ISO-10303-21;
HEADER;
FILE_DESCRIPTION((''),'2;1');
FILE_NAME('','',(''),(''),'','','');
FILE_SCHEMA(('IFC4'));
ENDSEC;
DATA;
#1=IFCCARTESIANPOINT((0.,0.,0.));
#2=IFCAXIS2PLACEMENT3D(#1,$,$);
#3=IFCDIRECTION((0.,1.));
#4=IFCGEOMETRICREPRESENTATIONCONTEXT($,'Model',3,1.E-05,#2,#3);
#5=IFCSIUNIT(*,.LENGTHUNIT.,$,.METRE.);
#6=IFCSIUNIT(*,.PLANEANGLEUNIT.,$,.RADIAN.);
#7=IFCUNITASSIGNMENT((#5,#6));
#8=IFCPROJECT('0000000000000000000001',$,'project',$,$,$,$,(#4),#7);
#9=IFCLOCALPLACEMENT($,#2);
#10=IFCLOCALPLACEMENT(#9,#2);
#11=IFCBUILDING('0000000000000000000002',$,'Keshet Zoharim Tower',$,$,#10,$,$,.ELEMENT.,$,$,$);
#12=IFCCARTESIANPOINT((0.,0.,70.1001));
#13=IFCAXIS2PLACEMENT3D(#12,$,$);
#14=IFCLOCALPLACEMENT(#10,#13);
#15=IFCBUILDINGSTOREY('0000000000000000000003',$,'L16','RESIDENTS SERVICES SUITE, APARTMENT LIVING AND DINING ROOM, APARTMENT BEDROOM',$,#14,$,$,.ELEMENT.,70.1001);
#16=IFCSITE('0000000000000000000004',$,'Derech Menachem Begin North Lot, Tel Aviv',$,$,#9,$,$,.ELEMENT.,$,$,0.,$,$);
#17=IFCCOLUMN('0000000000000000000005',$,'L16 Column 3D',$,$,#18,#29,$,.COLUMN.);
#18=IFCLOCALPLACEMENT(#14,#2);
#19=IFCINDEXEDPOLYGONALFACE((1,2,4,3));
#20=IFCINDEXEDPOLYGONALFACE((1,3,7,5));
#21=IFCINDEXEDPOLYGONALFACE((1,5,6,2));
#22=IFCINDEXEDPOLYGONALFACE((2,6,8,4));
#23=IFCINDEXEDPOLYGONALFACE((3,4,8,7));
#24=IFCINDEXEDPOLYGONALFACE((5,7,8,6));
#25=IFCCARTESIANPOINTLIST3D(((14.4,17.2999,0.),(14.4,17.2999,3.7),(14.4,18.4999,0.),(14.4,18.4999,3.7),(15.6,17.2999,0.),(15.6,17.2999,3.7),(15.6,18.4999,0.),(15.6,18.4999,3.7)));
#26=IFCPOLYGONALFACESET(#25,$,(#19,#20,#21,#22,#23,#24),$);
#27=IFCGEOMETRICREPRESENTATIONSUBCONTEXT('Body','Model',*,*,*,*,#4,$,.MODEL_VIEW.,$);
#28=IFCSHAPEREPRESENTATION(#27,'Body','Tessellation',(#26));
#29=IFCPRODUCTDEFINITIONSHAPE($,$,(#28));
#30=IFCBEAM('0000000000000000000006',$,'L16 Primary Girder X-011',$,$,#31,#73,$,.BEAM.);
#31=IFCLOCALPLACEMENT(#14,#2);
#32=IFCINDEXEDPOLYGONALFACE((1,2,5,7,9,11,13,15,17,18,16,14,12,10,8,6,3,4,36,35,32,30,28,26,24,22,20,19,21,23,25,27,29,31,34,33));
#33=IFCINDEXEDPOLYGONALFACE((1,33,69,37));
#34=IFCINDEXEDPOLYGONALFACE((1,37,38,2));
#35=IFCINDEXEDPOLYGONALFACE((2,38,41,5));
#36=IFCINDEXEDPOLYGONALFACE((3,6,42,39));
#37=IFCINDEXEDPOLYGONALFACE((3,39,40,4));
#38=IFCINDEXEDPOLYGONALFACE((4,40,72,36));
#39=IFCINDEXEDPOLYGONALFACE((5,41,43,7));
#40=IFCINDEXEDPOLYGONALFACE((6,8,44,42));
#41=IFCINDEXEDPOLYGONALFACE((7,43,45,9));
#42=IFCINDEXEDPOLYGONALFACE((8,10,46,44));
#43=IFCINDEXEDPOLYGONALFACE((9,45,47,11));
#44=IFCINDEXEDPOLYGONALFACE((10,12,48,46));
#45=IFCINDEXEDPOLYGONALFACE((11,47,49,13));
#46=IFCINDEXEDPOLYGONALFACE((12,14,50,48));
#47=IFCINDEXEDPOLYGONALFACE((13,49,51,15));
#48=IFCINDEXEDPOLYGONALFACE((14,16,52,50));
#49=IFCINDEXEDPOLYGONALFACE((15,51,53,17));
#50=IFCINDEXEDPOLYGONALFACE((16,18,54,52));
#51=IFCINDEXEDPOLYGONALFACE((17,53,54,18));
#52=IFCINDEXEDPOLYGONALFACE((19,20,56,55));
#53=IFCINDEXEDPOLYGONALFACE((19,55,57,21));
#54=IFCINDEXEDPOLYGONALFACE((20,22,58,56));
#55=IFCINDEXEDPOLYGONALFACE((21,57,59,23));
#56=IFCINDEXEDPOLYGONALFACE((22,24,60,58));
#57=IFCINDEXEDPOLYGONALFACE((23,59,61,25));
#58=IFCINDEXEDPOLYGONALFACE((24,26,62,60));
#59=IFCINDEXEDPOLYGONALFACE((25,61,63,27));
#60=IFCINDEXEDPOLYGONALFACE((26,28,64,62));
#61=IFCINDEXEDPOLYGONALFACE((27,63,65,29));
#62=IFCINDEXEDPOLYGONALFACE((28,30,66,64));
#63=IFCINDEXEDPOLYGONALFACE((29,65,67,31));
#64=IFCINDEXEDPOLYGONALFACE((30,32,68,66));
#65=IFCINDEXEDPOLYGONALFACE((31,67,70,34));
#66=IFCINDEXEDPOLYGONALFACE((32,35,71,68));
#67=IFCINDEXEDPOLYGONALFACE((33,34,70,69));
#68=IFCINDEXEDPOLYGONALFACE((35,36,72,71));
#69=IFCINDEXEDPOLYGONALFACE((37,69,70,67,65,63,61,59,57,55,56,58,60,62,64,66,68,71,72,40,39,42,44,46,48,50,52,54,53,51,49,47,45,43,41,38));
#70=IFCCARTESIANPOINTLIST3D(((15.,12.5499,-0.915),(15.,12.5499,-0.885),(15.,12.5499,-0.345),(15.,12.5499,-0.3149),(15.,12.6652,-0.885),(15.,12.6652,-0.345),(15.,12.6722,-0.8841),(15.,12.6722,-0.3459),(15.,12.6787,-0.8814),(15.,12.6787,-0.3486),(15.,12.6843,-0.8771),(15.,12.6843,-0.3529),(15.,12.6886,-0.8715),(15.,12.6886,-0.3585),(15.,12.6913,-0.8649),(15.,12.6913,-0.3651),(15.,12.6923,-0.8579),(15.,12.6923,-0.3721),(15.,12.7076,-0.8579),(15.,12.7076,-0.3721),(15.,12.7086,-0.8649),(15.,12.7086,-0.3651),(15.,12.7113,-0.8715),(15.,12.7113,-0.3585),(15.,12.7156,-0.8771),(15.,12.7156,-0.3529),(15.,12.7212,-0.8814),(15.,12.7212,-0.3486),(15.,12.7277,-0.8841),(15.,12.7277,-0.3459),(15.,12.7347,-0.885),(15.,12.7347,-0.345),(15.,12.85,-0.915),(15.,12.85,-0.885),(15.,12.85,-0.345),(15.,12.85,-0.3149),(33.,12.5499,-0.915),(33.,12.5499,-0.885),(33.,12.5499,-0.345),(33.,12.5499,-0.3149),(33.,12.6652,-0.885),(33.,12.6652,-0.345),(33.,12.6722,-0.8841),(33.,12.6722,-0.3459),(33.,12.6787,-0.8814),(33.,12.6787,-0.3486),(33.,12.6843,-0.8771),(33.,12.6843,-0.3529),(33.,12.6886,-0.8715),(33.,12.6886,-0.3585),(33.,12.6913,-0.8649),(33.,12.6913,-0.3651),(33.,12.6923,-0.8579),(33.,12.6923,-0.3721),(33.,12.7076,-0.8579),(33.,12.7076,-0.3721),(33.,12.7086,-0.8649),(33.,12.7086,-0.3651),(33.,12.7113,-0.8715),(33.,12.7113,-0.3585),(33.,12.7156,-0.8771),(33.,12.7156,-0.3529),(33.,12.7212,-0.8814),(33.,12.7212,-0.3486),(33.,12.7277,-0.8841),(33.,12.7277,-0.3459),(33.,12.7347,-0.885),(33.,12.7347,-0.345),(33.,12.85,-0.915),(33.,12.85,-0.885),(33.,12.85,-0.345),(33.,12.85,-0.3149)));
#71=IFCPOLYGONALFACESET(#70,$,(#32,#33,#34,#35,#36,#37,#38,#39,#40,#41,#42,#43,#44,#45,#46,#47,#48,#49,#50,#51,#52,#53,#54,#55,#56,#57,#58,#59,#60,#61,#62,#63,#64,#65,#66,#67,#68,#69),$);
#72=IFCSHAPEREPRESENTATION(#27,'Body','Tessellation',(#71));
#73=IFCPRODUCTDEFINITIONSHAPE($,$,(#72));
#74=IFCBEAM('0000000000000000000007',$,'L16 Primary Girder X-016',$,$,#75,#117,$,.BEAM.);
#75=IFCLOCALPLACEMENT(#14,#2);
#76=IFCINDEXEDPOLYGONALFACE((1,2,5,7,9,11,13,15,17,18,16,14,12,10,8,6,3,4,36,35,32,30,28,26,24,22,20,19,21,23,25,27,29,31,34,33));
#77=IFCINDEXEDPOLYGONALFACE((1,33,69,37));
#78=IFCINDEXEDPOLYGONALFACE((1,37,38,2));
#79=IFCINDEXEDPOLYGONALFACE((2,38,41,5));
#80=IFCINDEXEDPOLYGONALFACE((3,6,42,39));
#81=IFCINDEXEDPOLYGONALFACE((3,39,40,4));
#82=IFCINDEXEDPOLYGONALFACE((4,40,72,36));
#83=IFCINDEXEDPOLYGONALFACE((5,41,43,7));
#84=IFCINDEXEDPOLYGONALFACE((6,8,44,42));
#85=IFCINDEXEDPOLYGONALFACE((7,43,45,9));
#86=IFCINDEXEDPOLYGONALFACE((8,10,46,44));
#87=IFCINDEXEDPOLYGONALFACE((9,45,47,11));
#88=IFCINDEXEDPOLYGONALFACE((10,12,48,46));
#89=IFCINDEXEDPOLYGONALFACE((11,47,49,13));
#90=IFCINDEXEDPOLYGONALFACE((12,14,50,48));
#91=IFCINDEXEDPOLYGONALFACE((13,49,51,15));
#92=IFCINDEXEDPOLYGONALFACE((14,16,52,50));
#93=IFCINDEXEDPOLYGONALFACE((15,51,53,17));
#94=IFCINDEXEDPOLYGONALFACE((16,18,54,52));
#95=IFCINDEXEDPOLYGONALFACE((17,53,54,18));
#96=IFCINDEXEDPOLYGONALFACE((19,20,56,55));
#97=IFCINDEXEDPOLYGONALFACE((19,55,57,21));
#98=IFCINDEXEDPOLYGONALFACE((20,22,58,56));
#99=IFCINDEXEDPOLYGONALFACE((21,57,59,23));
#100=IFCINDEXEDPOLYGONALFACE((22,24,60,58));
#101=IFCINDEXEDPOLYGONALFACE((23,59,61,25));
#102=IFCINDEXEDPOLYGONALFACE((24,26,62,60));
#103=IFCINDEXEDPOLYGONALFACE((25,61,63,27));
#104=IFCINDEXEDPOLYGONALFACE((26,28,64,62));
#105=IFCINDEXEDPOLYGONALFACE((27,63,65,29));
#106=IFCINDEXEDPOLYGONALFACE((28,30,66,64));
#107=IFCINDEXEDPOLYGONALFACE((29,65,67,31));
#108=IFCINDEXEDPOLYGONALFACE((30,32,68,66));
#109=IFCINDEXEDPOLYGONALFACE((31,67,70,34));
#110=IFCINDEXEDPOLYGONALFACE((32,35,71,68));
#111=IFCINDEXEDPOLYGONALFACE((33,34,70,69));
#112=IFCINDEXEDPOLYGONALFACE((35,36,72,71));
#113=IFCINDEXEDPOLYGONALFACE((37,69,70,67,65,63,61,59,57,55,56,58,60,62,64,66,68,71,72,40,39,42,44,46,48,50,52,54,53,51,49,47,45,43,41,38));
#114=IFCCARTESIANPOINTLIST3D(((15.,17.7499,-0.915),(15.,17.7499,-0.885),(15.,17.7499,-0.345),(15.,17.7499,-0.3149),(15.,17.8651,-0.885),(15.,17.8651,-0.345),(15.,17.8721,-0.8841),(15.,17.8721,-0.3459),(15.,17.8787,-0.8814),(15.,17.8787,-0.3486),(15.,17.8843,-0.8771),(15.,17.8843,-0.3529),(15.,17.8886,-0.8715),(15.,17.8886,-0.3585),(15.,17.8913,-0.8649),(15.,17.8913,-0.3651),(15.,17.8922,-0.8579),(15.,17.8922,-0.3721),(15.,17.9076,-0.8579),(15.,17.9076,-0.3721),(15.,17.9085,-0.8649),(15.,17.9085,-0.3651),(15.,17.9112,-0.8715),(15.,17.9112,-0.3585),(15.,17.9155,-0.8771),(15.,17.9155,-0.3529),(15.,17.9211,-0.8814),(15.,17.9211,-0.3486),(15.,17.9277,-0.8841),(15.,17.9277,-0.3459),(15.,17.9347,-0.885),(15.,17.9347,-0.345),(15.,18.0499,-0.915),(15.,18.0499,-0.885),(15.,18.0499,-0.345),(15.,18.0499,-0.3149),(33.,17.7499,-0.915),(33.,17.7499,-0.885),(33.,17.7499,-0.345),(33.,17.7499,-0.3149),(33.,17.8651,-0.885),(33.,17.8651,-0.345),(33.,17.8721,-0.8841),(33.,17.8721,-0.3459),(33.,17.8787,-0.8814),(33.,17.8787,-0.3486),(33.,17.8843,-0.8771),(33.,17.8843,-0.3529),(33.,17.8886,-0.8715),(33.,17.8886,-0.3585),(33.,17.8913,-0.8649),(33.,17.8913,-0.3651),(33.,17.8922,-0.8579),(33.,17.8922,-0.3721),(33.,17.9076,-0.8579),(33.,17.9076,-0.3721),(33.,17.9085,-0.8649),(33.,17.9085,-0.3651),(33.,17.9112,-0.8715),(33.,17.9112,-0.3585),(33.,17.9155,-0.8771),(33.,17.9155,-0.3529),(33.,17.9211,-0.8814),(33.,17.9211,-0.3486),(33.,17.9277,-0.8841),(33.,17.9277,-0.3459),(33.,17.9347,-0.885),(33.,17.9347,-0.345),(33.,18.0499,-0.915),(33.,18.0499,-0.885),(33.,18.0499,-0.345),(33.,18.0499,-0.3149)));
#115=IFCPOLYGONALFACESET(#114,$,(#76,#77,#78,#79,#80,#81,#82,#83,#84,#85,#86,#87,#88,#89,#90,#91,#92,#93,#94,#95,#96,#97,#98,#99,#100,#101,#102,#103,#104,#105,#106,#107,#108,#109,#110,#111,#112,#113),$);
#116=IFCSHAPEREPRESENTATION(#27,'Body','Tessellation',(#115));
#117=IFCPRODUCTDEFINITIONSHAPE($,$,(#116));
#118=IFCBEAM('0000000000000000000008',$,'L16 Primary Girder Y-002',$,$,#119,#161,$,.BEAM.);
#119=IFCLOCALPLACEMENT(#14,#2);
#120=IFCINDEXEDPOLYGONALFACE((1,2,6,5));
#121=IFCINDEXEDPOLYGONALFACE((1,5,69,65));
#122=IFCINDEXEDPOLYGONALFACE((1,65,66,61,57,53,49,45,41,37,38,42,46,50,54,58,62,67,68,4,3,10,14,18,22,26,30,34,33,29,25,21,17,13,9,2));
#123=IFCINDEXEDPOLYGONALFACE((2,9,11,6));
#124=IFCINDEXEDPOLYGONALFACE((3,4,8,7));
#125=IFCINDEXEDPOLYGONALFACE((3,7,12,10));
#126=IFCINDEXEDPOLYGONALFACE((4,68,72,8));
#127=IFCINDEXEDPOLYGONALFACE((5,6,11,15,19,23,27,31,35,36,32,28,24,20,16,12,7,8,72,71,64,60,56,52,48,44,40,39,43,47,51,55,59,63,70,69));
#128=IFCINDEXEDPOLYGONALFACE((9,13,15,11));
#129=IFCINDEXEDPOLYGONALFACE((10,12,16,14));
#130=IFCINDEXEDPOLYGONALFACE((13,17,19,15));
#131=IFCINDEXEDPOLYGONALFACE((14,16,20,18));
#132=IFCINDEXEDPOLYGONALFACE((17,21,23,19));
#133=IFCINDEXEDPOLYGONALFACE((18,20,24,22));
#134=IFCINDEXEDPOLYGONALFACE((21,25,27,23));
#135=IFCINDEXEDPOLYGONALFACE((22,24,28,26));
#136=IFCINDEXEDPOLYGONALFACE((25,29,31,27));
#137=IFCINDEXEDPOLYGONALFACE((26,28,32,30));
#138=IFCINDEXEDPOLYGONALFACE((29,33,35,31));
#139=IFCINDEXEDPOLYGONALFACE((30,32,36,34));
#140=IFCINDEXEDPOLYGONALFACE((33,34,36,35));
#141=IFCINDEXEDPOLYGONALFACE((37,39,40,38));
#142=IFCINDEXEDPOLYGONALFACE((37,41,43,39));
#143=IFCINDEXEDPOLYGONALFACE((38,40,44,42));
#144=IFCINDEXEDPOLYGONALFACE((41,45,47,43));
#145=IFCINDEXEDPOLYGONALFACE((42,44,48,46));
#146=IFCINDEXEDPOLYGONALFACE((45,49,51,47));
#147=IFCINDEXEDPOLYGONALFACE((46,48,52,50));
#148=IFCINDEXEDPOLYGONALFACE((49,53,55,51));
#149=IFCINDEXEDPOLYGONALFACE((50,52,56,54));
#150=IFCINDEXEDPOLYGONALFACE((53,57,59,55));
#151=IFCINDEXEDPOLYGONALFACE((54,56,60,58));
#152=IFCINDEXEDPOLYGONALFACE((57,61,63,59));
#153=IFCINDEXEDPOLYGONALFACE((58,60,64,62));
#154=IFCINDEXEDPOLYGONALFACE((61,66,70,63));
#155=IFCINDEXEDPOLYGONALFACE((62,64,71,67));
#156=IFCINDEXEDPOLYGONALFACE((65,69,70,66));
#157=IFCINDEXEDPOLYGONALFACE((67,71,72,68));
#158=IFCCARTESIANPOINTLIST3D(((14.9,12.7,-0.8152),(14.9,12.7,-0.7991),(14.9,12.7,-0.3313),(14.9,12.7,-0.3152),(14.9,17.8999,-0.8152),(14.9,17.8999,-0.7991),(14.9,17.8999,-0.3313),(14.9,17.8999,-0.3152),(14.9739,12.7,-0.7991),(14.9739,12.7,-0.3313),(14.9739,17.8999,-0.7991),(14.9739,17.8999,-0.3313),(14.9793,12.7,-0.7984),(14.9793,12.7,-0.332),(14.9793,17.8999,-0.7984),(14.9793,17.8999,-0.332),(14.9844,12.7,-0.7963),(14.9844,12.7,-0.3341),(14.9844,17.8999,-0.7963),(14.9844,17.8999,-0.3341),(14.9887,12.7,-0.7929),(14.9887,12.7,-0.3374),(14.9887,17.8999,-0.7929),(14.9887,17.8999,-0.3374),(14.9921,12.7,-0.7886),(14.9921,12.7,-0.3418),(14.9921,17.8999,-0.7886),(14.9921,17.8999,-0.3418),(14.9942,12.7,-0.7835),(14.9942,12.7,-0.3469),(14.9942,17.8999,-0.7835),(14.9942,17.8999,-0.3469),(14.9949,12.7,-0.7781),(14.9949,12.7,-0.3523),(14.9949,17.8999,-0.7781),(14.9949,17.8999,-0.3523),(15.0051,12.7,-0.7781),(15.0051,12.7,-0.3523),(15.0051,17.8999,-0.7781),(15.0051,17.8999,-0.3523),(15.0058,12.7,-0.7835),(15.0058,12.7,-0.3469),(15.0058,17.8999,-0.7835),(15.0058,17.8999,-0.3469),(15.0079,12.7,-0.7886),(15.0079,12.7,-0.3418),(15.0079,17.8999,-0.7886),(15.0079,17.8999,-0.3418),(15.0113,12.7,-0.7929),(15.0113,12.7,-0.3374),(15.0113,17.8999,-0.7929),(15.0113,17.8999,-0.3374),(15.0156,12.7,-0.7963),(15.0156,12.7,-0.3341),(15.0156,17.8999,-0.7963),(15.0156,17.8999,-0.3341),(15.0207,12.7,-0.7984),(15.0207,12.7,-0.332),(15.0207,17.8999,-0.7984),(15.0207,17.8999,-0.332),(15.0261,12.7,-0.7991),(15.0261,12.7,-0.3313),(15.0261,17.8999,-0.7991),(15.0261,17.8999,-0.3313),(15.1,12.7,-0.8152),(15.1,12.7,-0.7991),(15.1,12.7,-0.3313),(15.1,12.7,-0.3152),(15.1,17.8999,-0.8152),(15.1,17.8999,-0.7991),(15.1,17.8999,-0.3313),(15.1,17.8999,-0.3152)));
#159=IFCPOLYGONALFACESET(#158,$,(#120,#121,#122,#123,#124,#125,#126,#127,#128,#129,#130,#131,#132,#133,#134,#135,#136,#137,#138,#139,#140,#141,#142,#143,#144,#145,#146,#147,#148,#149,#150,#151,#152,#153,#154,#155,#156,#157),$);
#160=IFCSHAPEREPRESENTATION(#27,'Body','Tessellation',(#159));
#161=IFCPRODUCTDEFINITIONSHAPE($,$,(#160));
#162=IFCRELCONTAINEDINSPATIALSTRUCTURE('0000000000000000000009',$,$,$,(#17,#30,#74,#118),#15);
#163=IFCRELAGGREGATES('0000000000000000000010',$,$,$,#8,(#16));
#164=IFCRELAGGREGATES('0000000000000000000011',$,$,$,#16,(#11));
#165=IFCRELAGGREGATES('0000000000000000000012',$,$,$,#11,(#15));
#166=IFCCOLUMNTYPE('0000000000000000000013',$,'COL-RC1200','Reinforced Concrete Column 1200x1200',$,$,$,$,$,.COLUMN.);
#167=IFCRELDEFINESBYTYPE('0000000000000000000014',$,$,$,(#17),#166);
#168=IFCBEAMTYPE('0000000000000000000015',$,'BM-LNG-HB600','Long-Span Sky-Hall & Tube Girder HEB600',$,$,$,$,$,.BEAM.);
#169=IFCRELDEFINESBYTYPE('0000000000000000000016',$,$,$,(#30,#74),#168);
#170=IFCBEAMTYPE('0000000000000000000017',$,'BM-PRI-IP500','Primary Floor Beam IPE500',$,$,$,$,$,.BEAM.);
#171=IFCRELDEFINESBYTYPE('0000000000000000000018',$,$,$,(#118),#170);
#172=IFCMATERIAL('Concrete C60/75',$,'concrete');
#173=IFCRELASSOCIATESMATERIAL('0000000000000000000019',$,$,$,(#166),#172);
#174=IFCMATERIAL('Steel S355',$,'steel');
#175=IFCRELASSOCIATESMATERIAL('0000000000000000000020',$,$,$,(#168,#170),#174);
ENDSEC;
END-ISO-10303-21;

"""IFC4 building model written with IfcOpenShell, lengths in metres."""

from ifc_helpers import new_model, si_unit, direction, frame, origin, origin_2d, place, context, subcontext, project, spatial, rectangle, i_section, extrude, material, material_profile, profile_set, type_object, element, save


model = new_model("IFC4")

# Units and contexts
model_context = context("Model", 3, precision=1e-05, world=origin(), true_north=direction((0.0, 1.0)))
body_context = subcontext(model_context, "Body", "Model", "MODEL_VIEW")
ifc_project = project(units=[si_unit("LENGTHUNIT", "METRE"), si_unit("PLANEANGLEUNIT", "RADIAN")], contexts=[model_context])

# Site, building, storey
site_placement = place(None, origin())
site = spatial("IfcSite", under=ifc_project, at=site_placement, Name="Derech Menachem Begin North Lot, Tel Aviv", CompositionType="ELEMENT", RefElevation=0.0)
building_placement = place(site_placement, origin())
building = spatial("IfcBuilding", under=site, at=building_placement, Name="Keshet Zoharim Tower", CompositionType="ELEMENT")
storey_placement = place(building_placement, frame((0.0, 0.0, 70.1001)))
storey = spatial("IfcBuildingStorey", under=building, at=storey_placement, Name="L16", Description="RESIDENTS SERVICES SUITE, APARTMENT LIVING AND DINING ROOM, APARTMENT BEDROOM", CompositionType="ELEMENT", Elevation=70.1001)

# Column
ifc_material_1 = material(Name="Concrete C60/75", Category="concrete")
ifc_material_profile_1 = material_profile(ifc_material_1, rectangle(XDim=1.2, YDim=1.2, at=origin_2d()), Name="RC1200x1200")
ifc_profile_set_1 = profile_set([ifc_material_profile_1], Name="Concrete C60/75")
column_type = type_object("IfcColumnType", Name="COL-RC1200", Description="Reinforced Concrete Column 1200x1200", PredefinedType="COLUMN", material=ifc_profile_set_1)
column_placement = place(storey_placement, frame((15.0, 17.8999, 0.0), z_axis=(0.0, 0.0, 1.0), x_axis=(1.0, 0.0, 0.0)))
element("IfcColumn", 1, at=column_placement, inside=storey, type_object=column_type, Name="L16 Column 3D", PredefinedType="COLUMN", context=body_context, shape_type="SweptSolid", body=[
    extrude(rectangle(XDim=1.2, YDim=1.2, at=origin_2d()), origin(), (0.0, 0.0, 1.0), 3.7),
])

# Beams
ifc_material_2 = material(Name="Steel S355", Category="steel")
ifc_material_profile_2 = material_profile(ifc_material_2, i_section(OverallWidth=0.3, OverallDepth=0.6001, WebThickness=0.0154, FlangeThickness=0.03, FilletRadius=0.0271, at=origin_2d()), Name="HEB600")
ifc_profile_set_2 = profile_set([ifc_material_profile_2], Name="Steel S355")
beam_type_1 = type_object("IfcBeamType", Name="BM-LNG-HB600", Description="Long-Span Sky-Hall & Tube Girder HEB600", PredefinedType="BEAM", material=ifc_profile_set_2)
for number, where, z_axis, x_axis, name in (
    (2, (15.0, 12.7, -0.615), (1.0, 0.0, 0.0), (0.0, 1.0, 0.0), "L16 Primary Girder X-011"),
    (3, (15.0, 17.8999, -0.615), (1.0, 0.0, 0.0), (0.0, 1.0, 0.0), "L16 Primary Girder X-016"),
):
    element("IfcBeam", number, at=place(storey_placement, frame(where, z_axis=z_axis, x_axis=x_axis)), inside=storey, type_object=beam_type_1, Name=name, PredefinedType="BEAM", context=body_context, shape_type="SweptSolid", body=[
        extrude(i_section(OverallWidth=0.3, OverallDepth=0.6001, WebThickness=0.0154, FlangeThickness=0.03, FilletRadius=0.0271, at=origin_2d()), origin(), (0.0, 0.0, 1.0), 18.0),
    ])
ifc_material_profile_3 = material_profile(ifc_material_2, i_section(OverallWidth=0.2, OverallDepth=0.5, WebThickness=0.0103, FlangeThickness=0.0161, FilletRadius=0.021, at=origin_2d()), Name="IPE500")
ifc_profile_set_3 = profile_set([ifc_material_profile_3], Name="Steel S355")
beam_type_2 = type_object("IfcBeamType", Name="BM-PRI-IP500", Description="Primary Floor Beam IPE500", PredefinedType="BEAM", material=ifc_profile_set_3)
beam_1_placement = place(storey_placement, frame((15.0, 12.7, -0.5652), z_axis=(0.0, 1.0, 0.0), x_axis=(-1.0, 0.0, 0.0)))
element("IfcBeam", 4, at=beam_1_placement, inside=storey, type_object=beam_type_2, Name="L16 Primary Girder Y-002", PredefinedType="BEAM", context=body_context, shape_type="SweptSolid", body=[
    extrude(i_section(OverallWidth=0.2, OverallDepth=0.5, WebThickness=0.0103, FlangeThickness=0.0161, FilletRadius=0.021, at=origin_2d()), origin(), (0.0, 0.0, 1.0), 5.2),
])

save(model, "model.ifc")
